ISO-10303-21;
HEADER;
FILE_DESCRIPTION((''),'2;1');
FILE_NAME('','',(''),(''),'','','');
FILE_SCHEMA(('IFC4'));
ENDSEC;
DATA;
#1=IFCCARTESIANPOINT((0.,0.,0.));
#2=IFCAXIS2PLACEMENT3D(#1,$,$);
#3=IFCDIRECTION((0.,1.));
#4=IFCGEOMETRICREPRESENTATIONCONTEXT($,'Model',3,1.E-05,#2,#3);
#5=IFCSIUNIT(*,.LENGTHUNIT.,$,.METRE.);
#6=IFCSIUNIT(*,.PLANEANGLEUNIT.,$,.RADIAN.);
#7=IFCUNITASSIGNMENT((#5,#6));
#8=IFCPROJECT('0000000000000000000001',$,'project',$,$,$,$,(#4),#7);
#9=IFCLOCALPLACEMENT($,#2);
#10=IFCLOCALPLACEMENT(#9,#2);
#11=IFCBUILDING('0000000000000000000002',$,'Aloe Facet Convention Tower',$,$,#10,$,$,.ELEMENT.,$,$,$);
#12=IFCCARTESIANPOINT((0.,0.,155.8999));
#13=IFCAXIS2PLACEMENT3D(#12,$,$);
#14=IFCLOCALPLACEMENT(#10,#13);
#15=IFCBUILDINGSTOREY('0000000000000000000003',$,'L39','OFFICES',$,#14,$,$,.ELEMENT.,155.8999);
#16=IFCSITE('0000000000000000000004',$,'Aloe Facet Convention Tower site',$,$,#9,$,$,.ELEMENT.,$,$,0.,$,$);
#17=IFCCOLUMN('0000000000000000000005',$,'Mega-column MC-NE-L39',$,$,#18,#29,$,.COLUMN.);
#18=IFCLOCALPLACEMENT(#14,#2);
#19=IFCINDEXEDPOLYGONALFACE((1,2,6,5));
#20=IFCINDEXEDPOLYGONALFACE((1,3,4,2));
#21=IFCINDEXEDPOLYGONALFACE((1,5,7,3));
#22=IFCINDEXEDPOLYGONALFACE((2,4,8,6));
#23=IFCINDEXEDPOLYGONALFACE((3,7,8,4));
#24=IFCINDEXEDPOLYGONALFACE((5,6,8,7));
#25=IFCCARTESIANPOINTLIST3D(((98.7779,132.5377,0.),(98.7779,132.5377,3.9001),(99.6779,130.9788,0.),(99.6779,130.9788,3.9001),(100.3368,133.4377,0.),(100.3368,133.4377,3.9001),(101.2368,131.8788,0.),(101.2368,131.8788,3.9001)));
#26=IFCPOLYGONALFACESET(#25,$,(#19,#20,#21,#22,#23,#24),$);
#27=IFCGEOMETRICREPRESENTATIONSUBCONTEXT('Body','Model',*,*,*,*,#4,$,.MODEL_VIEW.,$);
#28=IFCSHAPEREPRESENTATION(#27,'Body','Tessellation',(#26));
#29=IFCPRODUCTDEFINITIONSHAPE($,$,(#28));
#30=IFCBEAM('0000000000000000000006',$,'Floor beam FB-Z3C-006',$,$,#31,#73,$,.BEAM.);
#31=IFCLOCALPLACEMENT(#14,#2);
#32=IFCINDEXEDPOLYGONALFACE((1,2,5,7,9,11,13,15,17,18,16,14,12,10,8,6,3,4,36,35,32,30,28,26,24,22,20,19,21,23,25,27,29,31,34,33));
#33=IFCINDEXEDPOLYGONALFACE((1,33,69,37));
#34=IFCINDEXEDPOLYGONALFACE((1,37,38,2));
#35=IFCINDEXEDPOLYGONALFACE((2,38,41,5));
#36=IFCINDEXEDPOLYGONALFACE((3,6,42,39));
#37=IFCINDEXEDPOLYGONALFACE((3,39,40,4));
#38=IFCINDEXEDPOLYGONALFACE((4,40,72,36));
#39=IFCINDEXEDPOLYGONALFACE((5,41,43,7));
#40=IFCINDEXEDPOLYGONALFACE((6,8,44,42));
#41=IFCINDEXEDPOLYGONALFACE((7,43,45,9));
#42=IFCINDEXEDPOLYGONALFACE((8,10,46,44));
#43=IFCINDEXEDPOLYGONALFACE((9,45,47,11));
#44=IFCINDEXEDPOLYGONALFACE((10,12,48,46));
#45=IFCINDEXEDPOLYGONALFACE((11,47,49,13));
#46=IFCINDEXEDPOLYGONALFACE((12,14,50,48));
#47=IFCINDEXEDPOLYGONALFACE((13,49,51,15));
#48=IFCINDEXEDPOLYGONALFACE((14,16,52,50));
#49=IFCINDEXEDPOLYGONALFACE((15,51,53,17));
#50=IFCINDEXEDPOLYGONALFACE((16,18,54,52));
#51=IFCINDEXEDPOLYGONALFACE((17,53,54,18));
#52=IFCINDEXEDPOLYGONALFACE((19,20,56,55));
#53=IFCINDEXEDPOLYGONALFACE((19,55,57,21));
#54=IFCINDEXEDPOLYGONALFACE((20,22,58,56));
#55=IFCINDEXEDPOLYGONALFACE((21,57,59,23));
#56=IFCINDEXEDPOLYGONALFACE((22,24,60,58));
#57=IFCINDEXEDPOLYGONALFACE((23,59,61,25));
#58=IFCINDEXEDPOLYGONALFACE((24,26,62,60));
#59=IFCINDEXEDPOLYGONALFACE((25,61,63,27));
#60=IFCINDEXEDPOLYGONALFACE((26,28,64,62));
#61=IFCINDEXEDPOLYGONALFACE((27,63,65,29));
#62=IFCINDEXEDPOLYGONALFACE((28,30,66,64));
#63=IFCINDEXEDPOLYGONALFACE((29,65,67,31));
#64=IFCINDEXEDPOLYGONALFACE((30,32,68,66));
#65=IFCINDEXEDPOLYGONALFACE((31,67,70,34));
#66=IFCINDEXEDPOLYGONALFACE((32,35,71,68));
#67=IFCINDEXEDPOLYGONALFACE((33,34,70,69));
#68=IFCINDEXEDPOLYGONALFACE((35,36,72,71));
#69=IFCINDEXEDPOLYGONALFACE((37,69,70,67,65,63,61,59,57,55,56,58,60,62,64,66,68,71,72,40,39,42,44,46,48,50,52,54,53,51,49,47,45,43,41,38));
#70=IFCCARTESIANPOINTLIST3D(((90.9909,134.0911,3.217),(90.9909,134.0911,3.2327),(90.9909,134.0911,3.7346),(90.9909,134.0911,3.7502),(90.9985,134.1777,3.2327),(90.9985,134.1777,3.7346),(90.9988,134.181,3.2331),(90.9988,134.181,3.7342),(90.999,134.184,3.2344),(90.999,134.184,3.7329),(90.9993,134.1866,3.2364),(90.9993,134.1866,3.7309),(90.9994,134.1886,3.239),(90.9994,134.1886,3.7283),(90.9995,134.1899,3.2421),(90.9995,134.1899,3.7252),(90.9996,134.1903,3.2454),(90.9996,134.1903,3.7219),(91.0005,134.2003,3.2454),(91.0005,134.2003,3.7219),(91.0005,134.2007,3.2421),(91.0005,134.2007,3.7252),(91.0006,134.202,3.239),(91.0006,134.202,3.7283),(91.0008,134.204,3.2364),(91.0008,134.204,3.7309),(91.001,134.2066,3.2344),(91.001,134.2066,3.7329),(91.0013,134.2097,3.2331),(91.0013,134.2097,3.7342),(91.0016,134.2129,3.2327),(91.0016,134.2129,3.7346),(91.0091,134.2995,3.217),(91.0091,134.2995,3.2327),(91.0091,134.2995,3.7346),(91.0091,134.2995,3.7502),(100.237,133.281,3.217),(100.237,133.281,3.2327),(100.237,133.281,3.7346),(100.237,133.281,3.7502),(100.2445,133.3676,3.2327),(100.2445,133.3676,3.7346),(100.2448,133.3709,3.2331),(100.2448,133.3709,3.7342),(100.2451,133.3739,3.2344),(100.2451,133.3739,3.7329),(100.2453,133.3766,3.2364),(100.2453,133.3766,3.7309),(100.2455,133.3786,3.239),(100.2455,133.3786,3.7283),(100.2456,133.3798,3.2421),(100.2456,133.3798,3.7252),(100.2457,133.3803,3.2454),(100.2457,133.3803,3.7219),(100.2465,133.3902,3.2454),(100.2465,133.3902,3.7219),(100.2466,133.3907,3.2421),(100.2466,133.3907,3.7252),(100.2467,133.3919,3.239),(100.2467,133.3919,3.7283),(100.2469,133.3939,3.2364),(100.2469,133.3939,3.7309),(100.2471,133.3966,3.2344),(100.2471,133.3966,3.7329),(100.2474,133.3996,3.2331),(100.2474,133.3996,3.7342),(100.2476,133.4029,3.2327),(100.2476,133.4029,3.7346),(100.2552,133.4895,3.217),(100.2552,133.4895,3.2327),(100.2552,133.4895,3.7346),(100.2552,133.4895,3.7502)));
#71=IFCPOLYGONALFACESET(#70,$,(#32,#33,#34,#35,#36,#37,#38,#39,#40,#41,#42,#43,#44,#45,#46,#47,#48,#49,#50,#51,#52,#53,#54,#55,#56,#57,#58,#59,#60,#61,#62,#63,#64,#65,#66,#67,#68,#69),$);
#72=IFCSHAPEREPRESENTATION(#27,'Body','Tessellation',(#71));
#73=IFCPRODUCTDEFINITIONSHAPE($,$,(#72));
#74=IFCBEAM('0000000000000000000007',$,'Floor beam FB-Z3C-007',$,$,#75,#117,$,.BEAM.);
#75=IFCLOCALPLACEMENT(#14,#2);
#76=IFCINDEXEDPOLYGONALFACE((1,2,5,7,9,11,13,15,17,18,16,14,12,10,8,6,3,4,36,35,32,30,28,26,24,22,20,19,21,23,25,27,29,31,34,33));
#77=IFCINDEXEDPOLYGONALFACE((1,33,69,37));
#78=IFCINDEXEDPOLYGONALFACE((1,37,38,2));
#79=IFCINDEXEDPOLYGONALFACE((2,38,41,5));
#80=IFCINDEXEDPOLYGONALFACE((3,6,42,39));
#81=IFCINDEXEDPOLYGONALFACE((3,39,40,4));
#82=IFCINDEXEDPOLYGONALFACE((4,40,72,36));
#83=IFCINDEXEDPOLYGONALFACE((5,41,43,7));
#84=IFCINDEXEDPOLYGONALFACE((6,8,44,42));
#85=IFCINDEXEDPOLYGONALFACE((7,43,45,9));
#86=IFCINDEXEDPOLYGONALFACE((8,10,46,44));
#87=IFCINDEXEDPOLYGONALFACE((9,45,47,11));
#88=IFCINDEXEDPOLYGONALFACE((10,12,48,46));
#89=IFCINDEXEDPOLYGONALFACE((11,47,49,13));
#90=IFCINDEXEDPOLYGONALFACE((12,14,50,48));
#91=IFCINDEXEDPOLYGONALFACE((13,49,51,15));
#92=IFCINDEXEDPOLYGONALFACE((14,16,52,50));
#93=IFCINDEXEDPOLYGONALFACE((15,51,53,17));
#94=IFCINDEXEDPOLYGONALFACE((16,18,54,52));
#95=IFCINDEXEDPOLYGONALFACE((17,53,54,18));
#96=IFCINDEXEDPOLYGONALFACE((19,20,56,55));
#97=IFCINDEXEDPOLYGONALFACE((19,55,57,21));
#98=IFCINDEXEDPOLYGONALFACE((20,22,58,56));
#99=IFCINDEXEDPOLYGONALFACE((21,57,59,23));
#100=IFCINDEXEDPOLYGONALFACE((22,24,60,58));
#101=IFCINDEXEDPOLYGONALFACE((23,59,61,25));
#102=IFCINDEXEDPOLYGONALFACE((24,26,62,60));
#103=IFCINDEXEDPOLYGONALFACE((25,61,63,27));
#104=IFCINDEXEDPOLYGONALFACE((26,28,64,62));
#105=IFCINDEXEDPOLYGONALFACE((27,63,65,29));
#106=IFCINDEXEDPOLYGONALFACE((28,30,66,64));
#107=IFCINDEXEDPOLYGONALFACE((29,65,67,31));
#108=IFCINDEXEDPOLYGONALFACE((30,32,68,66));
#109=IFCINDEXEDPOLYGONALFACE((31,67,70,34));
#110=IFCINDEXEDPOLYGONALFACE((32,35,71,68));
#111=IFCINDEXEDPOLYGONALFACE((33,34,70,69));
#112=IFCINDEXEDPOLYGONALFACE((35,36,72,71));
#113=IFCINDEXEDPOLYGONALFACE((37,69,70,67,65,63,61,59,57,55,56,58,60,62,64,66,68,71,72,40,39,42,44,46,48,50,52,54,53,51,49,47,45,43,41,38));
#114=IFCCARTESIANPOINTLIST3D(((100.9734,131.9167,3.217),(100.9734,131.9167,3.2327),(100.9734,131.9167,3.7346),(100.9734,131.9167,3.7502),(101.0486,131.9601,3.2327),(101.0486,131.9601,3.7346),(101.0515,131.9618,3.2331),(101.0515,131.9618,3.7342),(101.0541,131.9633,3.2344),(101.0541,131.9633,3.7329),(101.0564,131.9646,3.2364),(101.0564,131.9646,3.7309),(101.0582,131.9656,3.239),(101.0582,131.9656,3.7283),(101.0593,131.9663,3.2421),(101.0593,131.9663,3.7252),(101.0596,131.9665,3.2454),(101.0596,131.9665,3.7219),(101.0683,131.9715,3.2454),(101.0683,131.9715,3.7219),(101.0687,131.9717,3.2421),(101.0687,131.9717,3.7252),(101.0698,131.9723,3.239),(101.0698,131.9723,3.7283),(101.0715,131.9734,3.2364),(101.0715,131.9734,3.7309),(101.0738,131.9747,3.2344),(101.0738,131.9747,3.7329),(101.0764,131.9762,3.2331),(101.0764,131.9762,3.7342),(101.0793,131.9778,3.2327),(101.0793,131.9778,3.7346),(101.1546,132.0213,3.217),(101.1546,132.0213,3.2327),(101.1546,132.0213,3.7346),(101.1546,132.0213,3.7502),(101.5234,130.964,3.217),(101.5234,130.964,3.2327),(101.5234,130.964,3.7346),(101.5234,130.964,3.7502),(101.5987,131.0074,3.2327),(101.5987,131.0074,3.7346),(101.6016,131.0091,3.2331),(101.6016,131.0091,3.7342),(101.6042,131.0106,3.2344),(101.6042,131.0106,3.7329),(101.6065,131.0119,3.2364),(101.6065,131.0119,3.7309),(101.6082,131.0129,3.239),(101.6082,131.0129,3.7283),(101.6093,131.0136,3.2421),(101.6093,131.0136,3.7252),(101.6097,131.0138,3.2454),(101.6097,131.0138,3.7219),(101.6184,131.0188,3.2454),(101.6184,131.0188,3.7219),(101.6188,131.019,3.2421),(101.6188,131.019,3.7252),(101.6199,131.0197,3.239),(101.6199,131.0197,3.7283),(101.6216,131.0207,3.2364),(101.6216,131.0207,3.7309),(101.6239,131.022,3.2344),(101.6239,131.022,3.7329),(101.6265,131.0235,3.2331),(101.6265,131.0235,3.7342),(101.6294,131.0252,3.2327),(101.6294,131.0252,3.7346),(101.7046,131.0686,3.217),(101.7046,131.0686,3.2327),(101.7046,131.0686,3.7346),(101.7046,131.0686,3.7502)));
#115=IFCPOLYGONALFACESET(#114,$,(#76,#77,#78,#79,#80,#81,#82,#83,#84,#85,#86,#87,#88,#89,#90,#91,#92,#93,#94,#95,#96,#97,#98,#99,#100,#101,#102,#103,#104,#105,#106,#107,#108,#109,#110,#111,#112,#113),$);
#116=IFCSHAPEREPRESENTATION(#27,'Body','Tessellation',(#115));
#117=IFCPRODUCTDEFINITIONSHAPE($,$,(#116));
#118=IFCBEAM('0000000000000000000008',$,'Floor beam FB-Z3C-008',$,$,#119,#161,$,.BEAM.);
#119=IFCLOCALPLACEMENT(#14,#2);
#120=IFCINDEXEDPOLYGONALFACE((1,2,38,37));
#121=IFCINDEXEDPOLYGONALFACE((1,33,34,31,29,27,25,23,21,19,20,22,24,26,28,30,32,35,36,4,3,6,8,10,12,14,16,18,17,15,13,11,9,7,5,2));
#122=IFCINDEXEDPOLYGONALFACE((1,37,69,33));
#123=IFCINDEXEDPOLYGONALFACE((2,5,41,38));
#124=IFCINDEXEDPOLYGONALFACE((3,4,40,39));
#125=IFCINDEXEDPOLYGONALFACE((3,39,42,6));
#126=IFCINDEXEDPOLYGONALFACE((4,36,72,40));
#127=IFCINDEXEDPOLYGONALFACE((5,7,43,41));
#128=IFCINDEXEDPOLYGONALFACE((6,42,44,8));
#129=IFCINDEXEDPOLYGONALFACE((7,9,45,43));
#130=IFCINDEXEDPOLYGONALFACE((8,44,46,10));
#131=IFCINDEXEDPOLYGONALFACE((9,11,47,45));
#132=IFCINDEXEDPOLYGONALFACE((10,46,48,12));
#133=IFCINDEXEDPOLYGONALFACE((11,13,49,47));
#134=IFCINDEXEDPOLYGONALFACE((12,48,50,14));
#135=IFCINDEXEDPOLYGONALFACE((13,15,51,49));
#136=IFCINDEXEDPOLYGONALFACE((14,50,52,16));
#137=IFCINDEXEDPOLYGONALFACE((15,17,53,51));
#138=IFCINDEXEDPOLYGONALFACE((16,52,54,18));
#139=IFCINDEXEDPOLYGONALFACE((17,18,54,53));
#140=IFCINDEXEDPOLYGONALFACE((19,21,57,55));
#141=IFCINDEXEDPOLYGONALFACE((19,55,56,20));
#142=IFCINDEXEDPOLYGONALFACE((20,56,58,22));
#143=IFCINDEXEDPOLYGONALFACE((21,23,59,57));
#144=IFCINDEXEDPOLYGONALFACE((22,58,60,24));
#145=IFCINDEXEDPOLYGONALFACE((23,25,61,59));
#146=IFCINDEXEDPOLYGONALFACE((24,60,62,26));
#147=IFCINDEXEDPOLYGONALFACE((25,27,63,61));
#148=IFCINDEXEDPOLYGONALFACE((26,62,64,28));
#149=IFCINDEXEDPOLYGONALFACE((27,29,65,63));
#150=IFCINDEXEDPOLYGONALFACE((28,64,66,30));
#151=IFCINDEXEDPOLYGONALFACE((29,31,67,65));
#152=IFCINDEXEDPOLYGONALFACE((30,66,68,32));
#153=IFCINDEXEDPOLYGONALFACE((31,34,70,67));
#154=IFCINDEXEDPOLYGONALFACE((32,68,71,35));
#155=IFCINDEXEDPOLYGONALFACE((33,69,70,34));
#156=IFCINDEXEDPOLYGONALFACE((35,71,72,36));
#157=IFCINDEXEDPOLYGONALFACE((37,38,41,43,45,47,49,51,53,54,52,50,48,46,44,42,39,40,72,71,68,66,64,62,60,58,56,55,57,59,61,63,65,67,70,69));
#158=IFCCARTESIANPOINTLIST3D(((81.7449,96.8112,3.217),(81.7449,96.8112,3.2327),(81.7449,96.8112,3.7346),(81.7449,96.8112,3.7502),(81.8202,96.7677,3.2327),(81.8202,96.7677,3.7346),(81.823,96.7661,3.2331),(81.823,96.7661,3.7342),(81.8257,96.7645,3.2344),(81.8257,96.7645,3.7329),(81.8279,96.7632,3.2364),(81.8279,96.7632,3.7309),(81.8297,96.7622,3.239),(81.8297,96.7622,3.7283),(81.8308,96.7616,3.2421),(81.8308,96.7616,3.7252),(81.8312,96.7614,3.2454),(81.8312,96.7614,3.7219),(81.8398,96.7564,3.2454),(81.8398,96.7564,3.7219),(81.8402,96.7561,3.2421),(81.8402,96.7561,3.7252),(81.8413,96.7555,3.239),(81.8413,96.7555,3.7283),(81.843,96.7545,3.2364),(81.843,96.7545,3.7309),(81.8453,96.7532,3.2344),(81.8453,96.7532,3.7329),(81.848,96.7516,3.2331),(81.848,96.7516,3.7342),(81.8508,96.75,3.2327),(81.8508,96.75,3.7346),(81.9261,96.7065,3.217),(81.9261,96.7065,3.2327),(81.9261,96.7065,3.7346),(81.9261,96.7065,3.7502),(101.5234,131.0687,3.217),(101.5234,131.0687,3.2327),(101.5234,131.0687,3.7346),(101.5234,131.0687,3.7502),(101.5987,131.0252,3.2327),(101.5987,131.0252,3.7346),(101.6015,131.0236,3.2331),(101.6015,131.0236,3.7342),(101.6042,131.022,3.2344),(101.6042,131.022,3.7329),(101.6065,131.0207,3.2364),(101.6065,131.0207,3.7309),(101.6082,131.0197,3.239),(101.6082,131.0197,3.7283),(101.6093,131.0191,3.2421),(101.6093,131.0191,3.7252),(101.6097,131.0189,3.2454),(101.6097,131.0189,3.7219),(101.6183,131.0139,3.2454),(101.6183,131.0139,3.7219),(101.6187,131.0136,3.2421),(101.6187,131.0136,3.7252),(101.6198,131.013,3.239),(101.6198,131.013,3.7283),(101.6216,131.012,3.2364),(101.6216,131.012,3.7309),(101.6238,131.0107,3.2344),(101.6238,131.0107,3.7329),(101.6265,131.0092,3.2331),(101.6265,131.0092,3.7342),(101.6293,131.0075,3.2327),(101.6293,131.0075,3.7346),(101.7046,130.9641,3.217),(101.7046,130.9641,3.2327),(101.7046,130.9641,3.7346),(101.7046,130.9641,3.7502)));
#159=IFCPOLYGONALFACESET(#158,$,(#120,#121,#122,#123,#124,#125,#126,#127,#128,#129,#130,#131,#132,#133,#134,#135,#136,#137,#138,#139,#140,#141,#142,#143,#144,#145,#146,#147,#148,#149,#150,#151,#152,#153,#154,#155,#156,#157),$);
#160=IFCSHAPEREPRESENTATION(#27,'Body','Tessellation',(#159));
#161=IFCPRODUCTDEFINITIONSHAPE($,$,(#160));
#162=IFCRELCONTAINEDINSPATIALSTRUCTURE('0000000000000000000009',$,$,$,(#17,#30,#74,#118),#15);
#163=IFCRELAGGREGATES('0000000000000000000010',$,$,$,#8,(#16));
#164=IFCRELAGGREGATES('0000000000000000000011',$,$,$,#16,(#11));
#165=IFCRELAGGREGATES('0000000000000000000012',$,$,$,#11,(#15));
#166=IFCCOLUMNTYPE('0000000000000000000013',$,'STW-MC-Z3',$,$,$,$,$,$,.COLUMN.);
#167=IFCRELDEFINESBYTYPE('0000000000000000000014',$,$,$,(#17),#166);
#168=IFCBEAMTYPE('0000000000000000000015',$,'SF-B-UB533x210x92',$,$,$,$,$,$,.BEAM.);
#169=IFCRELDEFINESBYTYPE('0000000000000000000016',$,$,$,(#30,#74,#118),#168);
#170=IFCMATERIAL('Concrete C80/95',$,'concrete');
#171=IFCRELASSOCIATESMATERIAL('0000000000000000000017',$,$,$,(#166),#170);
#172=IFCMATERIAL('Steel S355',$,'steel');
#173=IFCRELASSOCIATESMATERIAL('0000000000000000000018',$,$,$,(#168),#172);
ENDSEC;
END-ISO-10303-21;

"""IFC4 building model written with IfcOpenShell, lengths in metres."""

from ifc_helpers import new_model, si_unit, direction, frame, origin, origin_2d, place, context, subcontext, project, spatial, rectangle, i_section, extrude, material, material_profile, profile_set, type_object, element, save


model = new_model("IFC4")

# Units and contexts
model_context = context("Model", 3, precision=1e-05, world=origin(), true_north=direction((0.0, 1.0)))
body_context = subcontext(model_context, "Body", "Model", "MODEL_VIEW")
ifc_project = project(units=[si_unit("LENGTHUNIT", "METRE"), si_unit("PLANEANGLEUNIT", "RADIAN")], contexts=[model_context])

# Site, building, storey
site_placement = place(None, origin())
site = spatial("IfcSite", under=ifc_project, at=site_placement, Name="Aloe Facet Convention Tower site", CompositionType="ELEMENT", RefElevation=0.0)
building_placement = place(site_placement, origin())
building = spatial("IfcBuilding", under=site, at=building_placement, Name="Aloe Facet Convention Tower", CompositionType="ELEMENT")
storey_placement = place(building_placement, frame((0.0, 0.0, 155.8999)))
storey = spatial("IfcBuildingStorey", under=building, at=storey_placement, Name="L39", Description="OFFICES", CompositionType="ELEMENT", Elevation=155.8999)

# Column
ifc_material_1 = material(Name="Concrete C80/95", Category="concrete")
ifc_material_profile_1 = material_profile(ifc_material_1, rectangle(XDim=1.8, YDim=1.8, at=origin_2d()), Name="STW-MC-Z3")
ifc_profile_set_1 = profile_set([ifc_material_profile_1], Name="Concrete C80/95")
column_type = type_object("IfcColumnType", Name="STW-MC-Z3", PredefinedType="COLUMN", material=ifc_profile_set_1)
column_placement = place(storey_placement, frame((100.0073, 132.2083, 0.0), z_axis=(0.0, 0.0, 1.0), x_axis=(-0.5, 0.866025, 0.0)))
element("IfcColumn", 1, at=column_placement, inside=storey, type_object=column_type, Name="Mega-column MC-NE-L39", PredefinedType="COLUMN", context=body_context, shape_type="SweptSolid", body=[
    extrude(rectangle(XDim=1.8, YDim=1.8, at=origin_2d()), origin(), (0.0, 0.0, 1.0), 3.9001),
])

# Beams
ifc_material_2 = material(Name="Steel S355", Category="steel")
ifc_material_profile_2 = material_profile(ifc_material_2, i_section(OverallWidth=0.2092, OverallDepth=0.5332, WebThickness=0.01, FlangeThickness=0.0156, FilletRadius=0.0127, at=origin_2d()), Name="UB 533x210x92")
ifc_profile_set_2 = profile_set([ifc_material_profile_2], Name="Steel S355")
beam_type_1 = type_object("IfcBeamType", Name="SF-B-UB533x210x92", PredefinedType="BEAM", material=ifc_profile_set_2)
beam_1_placement = place(storey_placement, frame((100.2461, 133.3853, 3.4836), z_axis=(-0.996184, 0.087277, 0.0), x_axis=(-0.087277, -0.996184, 0.0)))
element("IfcBeam", 2, at=beam_1_placement, inside=storey, type_object=beam_type_1, Name="Floor beam FB-Z3C-006", PredefinedType="BEAM", context=body_context, shape_type="SweptSolid", body=[
    extrude(i_section(OverallWidth=0.2092, OverallDepth=0.5332, WebThickness=0.01, FlangeThickness=0.0156, FilletRadius=0.0127, at=origin_2d()), origin(), (0.0, 0.0, 1.0), 9.2815),
])
beam_2_placement = place(storey_placement, frame((101.064, 131.969, 3.4836), z_axis=(0.50003, -0.866008, 0.0), x_axis=(0.866008, 0.50003, 0.0)))
element("IfcBeam", 3, at=beam_2_placement, inside=storey, type_object=beam_type_1, Name="Floor beam FB-Z3C-007", PredefinedType="BEAM", context=body_context, shape_type="SweptSolid", body=[
    extrude(i_section(OverallWidth=0.2092, OverallDepth=0.5332, WebThickness=0.01, FlangeThickness=0.0156, FilletRadius=0.0127, at=origin_2d()), origin(), (0.0, 0.0, 1.0), 1.1001),
])
beam_3_placement = place(storey_placement, frame((101.614, 131.0164, 3.4836), z_axis=(-0.499999, -0.866026, 0.0), x_axis=(0.866026, -0.499999, 0.0)))
element("IfcBeam", 4, at=beam_3_placement, inside=storey, type_object=beam_type_1, Name="Floor beam FB-Z3C-008", PredefinedType="BEAM", context=body_context, shape_type="SweptSolid", body=[
    extrude(i_section(OverallWidth=0.2092, OverallDepth=0.5332, WebThickness=0.01, FlangeThickness=0.0156, FilletRadius=0.0127, at=origin_2d()), origin(), (0.0, 0.0, 1.0), 39.5571),
])

save(model, "model.ifc")
